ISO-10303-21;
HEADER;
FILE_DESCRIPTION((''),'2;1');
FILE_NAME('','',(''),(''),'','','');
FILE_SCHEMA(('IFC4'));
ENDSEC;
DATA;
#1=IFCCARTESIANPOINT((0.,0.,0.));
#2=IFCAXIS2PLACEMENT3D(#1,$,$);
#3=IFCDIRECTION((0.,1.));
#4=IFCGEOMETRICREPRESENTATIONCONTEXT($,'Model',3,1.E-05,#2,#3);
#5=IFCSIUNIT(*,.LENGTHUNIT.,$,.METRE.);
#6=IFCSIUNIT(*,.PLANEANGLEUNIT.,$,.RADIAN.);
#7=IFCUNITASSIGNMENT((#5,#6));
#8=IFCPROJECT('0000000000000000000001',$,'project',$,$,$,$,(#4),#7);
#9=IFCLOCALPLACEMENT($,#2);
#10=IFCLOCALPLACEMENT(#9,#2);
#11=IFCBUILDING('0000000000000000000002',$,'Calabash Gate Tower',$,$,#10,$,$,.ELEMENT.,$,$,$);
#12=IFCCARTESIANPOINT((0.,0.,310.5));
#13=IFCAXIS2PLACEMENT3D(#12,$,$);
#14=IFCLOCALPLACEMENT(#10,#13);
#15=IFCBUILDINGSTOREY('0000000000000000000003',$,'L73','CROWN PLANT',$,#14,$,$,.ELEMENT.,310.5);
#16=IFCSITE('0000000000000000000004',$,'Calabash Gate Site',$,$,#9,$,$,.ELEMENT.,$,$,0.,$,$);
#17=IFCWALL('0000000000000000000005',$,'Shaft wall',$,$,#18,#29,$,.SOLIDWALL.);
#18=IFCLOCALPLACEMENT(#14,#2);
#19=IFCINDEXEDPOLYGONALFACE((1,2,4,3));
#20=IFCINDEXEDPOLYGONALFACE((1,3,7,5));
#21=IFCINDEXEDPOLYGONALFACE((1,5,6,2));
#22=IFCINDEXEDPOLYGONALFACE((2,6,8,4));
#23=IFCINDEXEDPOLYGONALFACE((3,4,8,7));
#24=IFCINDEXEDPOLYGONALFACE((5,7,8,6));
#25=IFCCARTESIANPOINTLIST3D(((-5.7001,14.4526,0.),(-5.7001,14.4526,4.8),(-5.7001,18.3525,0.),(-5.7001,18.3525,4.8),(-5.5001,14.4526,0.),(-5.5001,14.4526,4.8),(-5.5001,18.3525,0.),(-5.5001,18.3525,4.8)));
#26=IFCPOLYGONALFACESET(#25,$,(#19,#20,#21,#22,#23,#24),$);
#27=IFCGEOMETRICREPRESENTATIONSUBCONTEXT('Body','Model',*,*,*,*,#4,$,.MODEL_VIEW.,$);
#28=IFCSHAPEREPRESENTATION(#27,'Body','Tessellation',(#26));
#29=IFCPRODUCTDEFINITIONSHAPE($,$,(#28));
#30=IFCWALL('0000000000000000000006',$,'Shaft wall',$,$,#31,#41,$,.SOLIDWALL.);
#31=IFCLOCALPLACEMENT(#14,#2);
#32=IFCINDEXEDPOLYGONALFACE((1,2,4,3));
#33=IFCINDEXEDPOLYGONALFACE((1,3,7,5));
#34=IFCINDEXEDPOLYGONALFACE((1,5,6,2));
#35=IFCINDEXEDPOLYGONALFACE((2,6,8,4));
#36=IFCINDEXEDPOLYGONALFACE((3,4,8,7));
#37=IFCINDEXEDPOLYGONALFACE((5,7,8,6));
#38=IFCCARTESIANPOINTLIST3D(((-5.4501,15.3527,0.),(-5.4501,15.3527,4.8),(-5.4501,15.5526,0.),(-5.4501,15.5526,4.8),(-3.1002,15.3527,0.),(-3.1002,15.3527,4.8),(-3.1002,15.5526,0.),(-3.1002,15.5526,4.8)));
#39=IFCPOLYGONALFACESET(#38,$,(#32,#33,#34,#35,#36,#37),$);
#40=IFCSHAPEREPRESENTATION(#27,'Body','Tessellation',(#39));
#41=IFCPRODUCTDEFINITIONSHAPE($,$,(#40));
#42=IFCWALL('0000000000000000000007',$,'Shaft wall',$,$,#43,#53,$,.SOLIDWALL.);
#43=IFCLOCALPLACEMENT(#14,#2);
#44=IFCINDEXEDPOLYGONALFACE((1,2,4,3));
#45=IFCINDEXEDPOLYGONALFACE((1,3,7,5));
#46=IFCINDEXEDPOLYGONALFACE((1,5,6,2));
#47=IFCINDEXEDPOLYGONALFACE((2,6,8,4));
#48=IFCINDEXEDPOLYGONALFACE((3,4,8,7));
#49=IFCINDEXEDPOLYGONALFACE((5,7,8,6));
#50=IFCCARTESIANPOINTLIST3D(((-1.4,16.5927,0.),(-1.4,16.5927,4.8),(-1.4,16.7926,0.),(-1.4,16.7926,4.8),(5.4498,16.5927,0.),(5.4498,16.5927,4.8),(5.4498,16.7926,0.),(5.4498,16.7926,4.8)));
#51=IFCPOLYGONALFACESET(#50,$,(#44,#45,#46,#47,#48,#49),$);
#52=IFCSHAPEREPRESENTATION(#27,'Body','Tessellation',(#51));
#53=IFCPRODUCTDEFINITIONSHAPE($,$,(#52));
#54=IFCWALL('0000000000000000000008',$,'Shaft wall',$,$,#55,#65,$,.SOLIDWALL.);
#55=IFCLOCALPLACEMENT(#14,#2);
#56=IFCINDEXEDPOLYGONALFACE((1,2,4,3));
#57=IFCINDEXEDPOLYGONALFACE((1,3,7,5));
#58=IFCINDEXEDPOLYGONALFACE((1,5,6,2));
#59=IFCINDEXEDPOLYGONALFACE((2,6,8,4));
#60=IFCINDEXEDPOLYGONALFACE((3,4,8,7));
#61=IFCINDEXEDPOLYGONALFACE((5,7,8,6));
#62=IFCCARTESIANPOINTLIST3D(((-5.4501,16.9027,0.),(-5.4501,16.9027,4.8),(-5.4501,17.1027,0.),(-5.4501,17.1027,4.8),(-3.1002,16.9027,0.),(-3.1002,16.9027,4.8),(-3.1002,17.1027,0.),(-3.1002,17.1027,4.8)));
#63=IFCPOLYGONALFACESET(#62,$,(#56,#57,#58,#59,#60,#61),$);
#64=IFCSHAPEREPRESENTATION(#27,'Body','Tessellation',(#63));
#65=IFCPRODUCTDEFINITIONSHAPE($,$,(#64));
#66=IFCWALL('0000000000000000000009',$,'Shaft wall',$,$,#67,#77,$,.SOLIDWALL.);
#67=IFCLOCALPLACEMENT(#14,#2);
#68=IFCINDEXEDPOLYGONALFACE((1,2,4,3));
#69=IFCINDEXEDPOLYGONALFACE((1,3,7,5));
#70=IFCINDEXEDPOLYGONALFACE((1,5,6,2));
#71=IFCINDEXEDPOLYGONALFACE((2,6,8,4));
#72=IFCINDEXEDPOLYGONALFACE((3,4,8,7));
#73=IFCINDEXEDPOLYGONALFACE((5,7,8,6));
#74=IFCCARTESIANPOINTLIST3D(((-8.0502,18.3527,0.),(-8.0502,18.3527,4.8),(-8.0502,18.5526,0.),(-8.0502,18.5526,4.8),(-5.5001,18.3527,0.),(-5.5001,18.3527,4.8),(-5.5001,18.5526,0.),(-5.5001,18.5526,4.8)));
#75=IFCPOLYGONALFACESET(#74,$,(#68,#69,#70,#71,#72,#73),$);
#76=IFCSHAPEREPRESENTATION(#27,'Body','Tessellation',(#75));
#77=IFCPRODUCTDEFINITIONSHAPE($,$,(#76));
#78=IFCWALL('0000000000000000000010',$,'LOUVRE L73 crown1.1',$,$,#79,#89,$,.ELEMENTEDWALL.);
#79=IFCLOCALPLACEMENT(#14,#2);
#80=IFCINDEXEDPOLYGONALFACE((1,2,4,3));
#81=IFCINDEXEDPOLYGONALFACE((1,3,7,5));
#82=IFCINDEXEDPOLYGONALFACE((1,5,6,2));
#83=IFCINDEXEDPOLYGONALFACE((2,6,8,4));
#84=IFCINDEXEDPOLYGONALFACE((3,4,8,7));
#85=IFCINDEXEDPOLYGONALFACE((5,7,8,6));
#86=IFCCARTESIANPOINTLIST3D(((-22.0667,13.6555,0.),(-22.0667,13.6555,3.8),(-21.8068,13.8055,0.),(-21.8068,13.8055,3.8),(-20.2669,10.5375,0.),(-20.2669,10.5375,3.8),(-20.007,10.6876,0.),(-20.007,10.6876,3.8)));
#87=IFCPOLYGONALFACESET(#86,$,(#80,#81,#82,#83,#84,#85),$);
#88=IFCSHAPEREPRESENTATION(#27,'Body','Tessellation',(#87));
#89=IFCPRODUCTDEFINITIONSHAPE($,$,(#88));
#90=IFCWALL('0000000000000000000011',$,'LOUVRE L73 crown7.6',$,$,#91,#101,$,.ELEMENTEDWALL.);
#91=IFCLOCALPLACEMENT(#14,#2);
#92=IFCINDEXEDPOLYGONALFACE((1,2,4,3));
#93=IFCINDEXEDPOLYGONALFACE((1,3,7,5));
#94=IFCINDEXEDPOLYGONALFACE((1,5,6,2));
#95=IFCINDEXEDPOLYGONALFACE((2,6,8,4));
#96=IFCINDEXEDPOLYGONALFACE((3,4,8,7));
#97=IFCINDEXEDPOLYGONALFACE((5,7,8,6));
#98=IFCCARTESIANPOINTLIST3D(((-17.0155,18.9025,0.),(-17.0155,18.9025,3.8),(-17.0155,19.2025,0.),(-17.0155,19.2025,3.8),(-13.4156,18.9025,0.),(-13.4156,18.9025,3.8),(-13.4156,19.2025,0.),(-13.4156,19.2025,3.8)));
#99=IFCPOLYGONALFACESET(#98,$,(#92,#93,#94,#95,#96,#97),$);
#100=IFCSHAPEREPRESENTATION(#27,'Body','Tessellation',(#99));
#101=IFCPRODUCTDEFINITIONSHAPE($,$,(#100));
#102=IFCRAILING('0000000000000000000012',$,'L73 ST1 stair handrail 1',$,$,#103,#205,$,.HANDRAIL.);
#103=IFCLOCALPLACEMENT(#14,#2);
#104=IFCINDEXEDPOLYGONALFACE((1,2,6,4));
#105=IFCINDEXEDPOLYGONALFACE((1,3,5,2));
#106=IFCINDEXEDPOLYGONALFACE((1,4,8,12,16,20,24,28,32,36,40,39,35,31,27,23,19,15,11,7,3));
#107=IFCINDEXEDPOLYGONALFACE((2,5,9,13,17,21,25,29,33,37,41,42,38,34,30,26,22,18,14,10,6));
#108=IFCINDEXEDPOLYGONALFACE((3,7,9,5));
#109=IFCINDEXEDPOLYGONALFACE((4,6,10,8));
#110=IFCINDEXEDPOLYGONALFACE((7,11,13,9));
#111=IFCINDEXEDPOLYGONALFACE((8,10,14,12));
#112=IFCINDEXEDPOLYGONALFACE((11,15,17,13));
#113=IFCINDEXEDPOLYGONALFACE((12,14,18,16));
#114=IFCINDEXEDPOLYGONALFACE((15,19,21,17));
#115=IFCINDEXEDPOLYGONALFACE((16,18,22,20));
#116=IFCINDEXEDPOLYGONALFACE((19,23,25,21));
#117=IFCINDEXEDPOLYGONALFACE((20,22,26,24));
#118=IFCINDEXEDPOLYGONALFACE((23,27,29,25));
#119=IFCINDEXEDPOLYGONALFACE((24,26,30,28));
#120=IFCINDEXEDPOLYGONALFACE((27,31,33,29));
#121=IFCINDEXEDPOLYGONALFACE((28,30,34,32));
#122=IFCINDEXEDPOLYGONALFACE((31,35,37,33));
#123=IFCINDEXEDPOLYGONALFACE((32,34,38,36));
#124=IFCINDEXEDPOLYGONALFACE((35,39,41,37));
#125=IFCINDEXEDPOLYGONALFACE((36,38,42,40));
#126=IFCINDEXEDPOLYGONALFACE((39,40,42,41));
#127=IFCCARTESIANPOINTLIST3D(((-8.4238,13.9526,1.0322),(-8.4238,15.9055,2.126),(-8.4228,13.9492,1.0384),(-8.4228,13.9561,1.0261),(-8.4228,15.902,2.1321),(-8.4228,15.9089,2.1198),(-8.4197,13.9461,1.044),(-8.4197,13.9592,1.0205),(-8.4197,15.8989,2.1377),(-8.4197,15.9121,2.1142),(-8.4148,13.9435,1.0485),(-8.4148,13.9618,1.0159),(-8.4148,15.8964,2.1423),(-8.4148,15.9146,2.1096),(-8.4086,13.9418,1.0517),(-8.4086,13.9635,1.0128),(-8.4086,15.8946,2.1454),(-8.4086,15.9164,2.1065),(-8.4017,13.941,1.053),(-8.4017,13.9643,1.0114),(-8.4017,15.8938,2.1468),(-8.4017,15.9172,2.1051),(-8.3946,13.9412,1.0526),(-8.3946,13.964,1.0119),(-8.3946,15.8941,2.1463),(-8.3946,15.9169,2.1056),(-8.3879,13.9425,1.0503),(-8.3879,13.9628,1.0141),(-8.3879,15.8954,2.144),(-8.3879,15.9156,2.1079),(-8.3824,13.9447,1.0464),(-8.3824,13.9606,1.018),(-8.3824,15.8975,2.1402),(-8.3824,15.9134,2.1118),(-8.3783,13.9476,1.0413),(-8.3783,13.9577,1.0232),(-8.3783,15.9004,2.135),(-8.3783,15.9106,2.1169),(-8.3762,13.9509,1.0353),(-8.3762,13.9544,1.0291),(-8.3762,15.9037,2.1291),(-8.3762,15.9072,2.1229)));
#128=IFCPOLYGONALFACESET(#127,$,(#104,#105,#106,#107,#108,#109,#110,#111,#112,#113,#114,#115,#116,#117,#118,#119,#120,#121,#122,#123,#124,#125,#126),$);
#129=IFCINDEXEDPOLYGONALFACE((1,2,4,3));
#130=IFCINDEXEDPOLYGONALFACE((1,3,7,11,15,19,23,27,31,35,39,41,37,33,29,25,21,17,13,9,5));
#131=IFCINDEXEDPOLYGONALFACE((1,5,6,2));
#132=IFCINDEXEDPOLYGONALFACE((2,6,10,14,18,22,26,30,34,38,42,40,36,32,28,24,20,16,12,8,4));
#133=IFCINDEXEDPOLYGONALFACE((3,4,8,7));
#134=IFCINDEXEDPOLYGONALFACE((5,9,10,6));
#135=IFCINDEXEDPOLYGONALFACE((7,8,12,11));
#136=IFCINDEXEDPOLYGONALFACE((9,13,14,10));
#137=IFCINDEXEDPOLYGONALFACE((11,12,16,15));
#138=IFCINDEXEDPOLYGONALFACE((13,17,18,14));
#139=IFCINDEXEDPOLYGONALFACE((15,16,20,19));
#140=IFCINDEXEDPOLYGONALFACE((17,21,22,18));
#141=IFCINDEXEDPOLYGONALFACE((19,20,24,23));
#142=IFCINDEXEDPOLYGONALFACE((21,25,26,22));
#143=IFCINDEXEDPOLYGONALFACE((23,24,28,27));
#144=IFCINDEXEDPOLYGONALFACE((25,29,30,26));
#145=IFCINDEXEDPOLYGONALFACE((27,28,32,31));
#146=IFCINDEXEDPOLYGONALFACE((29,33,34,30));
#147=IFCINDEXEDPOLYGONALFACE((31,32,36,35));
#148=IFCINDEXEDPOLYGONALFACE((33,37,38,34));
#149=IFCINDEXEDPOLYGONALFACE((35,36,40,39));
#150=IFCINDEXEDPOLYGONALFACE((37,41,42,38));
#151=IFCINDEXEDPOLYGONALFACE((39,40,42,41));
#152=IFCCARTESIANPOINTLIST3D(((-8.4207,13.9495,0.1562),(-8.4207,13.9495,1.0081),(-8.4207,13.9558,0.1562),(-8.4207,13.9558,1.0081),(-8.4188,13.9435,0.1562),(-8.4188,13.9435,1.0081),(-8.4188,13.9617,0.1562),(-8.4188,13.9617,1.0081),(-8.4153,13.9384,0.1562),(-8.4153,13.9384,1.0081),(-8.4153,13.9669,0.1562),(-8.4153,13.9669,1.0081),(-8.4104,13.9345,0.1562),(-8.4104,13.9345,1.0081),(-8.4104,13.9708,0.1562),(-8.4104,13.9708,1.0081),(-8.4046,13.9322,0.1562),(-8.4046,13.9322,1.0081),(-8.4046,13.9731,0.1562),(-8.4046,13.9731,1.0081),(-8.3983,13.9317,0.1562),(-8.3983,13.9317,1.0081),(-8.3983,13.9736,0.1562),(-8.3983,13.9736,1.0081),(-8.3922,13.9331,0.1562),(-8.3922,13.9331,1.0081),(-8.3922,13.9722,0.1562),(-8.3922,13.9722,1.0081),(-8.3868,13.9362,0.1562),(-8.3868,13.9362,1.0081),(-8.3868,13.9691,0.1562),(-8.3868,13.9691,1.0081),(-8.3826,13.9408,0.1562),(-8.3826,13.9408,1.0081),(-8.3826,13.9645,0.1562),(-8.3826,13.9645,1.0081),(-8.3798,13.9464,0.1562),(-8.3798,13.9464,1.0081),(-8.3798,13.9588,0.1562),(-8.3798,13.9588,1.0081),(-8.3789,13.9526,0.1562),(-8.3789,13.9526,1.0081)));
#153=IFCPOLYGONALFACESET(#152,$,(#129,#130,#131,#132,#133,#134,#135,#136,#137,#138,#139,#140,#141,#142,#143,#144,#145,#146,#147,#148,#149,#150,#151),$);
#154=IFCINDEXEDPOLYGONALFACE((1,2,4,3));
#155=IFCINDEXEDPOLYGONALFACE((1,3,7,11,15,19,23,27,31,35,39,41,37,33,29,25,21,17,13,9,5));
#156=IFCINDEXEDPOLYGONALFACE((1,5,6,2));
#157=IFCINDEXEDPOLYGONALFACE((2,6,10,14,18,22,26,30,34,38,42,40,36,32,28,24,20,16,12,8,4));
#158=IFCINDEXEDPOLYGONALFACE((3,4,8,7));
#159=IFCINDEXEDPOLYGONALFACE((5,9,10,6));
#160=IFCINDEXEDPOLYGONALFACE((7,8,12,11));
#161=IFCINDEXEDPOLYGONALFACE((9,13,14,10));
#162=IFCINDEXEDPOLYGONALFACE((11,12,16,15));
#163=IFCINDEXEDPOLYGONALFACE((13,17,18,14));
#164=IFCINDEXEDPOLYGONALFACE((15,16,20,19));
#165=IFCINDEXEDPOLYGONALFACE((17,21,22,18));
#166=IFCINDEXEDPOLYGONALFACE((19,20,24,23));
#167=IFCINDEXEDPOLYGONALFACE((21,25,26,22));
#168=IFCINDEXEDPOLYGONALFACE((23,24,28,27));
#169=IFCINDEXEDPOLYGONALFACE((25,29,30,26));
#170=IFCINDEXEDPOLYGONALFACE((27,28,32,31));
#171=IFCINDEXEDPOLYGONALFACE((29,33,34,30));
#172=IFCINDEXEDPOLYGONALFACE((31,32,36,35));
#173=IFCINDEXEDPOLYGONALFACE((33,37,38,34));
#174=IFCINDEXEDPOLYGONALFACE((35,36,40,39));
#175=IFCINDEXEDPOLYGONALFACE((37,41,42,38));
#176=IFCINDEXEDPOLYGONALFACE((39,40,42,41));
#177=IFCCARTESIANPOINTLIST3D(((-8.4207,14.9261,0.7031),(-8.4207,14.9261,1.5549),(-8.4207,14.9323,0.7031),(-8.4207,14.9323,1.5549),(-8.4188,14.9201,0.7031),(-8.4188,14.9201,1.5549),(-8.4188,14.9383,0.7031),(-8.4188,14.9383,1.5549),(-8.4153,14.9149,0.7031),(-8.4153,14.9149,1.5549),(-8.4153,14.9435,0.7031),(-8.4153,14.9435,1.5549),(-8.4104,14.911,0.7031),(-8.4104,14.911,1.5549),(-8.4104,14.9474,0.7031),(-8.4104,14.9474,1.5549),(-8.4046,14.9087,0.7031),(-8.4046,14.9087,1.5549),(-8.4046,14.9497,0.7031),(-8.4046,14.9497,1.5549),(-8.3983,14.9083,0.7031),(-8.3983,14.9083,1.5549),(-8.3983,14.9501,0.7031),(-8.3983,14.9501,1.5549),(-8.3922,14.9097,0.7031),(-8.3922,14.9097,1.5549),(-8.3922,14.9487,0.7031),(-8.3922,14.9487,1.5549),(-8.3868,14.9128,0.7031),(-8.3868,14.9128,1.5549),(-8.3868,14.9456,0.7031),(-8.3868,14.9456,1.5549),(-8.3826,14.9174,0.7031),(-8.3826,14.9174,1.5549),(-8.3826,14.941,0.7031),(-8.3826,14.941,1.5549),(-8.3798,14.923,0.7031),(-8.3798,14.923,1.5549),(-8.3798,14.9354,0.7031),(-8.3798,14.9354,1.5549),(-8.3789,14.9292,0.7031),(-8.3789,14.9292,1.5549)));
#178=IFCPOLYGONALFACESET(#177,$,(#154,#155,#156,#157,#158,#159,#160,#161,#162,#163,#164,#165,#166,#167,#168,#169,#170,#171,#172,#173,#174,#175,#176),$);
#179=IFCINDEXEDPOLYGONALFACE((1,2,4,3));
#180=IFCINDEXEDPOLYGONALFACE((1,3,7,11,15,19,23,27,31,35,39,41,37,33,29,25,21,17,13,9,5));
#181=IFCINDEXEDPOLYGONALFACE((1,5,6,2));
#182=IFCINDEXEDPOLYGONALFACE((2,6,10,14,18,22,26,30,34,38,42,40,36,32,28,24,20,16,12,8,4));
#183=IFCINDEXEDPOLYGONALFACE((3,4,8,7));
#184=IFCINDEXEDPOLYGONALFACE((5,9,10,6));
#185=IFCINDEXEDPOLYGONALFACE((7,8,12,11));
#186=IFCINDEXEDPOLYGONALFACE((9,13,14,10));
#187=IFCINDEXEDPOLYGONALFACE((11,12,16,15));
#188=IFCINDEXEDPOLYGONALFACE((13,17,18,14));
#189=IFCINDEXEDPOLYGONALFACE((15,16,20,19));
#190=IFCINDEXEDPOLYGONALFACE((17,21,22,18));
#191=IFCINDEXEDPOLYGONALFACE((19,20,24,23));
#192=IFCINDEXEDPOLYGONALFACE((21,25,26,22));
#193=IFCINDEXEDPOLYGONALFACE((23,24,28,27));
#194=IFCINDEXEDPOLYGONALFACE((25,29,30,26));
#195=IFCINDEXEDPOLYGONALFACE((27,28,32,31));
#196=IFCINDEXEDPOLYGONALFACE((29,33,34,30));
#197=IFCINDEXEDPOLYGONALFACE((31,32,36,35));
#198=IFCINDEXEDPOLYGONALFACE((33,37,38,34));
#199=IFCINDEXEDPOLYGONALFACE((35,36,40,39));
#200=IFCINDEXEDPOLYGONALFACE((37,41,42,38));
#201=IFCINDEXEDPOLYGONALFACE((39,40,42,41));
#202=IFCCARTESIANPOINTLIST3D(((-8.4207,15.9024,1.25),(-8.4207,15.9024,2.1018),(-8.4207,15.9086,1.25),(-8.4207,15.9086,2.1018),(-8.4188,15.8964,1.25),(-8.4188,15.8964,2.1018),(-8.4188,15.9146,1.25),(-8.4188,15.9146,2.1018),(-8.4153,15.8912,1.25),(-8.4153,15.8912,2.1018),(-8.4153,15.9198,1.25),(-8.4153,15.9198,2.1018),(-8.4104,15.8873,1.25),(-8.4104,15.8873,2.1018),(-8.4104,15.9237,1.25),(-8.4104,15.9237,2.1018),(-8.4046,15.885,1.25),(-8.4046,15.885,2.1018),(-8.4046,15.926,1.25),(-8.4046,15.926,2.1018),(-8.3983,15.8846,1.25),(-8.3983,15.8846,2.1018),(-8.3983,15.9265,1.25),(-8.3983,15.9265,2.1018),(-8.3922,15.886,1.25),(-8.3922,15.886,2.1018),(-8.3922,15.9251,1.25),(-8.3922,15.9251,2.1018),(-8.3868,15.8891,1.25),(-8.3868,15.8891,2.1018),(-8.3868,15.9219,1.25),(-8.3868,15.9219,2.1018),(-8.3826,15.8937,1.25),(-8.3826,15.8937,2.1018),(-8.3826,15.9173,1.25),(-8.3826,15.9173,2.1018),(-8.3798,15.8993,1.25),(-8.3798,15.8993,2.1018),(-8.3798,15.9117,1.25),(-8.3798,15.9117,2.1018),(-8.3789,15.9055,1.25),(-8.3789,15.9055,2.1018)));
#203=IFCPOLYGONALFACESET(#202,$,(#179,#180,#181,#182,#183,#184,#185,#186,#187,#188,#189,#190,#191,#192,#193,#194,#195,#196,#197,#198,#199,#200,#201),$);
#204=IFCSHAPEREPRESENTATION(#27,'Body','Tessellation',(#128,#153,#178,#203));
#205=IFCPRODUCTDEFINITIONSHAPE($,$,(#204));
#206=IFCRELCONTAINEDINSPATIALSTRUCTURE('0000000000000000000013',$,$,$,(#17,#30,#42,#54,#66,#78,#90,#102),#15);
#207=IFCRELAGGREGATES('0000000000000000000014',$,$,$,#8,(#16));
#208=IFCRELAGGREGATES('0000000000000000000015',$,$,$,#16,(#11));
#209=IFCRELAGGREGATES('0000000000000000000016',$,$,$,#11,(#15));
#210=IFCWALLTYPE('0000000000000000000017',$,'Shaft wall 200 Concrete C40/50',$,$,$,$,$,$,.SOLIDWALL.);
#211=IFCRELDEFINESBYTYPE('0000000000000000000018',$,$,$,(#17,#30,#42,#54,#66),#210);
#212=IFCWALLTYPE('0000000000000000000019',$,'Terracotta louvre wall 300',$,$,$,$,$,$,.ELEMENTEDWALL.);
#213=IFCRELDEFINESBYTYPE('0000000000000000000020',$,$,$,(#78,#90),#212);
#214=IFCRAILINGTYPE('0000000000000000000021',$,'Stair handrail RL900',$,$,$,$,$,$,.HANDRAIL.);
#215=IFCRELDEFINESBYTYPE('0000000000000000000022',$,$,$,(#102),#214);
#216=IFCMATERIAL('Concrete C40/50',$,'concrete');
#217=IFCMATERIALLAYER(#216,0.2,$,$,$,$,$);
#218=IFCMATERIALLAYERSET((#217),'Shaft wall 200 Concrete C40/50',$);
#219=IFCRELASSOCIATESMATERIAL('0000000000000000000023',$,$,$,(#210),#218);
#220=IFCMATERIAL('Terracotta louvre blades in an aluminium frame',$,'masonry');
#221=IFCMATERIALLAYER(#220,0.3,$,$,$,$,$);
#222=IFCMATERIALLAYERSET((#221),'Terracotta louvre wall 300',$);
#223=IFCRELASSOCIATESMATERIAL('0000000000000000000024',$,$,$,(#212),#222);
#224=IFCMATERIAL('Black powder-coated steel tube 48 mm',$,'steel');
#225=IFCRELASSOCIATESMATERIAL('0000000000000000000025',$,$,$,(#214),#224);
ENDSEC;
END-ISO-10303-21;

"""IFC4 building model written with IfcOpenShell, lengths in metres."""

from ifc_helpers import new_model, si_unit, direction, frame, frame_2d, origin, origin_2d, place, context, subcontext, project, spatial, rectangle, circle, extrude, material, layer, layer_set, type_object, element, save


model = new_model("IFC4")

# Units and contexts
model_context = context("Model", 3, precision=1e-05, world=origin(), true_north=direction((0.0, 1.0)))
body_context = subcontext(model_context, "Body", "Model", "MODEL_VIEW")
ifc_project = project(units=[si_unit("LENGTHUNIT", "METRE"), si_unit("PLANEANGLEUNIT", "RADIAN")], contexts=[model_context])

# Site, building, storey
site_placement = place(None, origin())
site = spatial("IfcSite", under=ifc_project, at=site_placement, Name="Calabash Gate Site", CompositionType="ELEMENT", RefElevation=0.0)
building_placement = place(site_placement, origin())
building = spatial("IfcBuilding", under=site, at=building_placement, Name="Calabash Gate Tower", CompositionType="ELEMENT")
storey_placement = place(building_placement, frame((0.0, 0.0, 310.5)))
storey = spatial("IfcBuildingStorey", under=building, at=storey_placement, Name="L73", Description="CROWN PLANT", CompositionType="ELEMENT", Elevation=310.5)

# Shared definitions
ifc_material_1 = material(Name="Concrete C40/50", Category="concrete")
ifc_layer_1 = layer(ifc_material_1, 0.2)
ifc_layer_set_1 = layer_set([ifc_layer_1], Name="Shaft wall 200 Concrete C40/50")
wall_type_1 = type_object("IfcWallType", Name="Shaft wall 200 Concrete C40/50", PredefinedType="SOLIDWALL", material=ifc_layer_set_1)

# Walls
wall_1_placement = place(storey_placement, frame((-5.6001, 14.4526, 0.0), z_axis=(0.0, 0.0, 1.0), x_axis=(0.0, 1.0, 0.0)))
element("IfcWall", 1, at=wall_1_placement, inside=storey, type_object=wall_type_1, Name="Shaft wall", PredefinedType="SOLIDWALL", context=body_context, shape_type="SweptSolid", body=[
    extrude(rectangle(XDim=3.8999, YDim=0.2, at=frame_2d((1.95, 0.0))), origin(), (0.0, 0.0, 1.0), 4.8),
])
wall_2_placement = place(storey_placement, frame((-5.45, 15.4526, 0.0), z_axis=(0.0, 0.0, 1.0), x_axis=(1.0, 0.0, 0.0)))
element("IfcWall", 2, at=wall_2_placement, inside=storey, type_object=wall_type_1, Name="Shaft wall", PredefinedType="SOLIDWALL", context=body_context, shape_type="SweptSolid", body=[
    extrude(rectangle(XDim=2.3499, YDim=0.2, at=frame_2d((1.1748, 0.0))), origin(), (0.0, 0.0, 1.0), 4.8),
])
wall_3_placement = place(storey_placement, frame((-1.3999, 16.6926, 0.0), z_axis=(0.0, 0.0, 1.0), x_axis=(1.0, 0.0, 0.0)))
element("IfcWall", 3, at=wall_3_placement, inside=storey, type_object=wall_type_1, Name="Shaft wall", PredefinedType="SOLIDWALL", context=body_context, shape_type="SweptSolid", body=[
    extrude(rectangle(XDim=6.8499, YDim=0.2, at=frame_2d((3.4248, 0.0))), origin(), (0.0, 0.0, 1.0), 4.8),
])
wall_4_placement = place(storey_placement, frame((-5.45, 17.0027, 0.0), z_axis=(0.0, 0.0, 1.0), x_axis=(1.0, 0.0, 0.0)))
element("IfcWall", 4, at=wall_4_placement, inside=storey, type_object=wall_type_1, Name="Shaft wall", PredefinedType="SOLIDWALL", context=body_context, shape_type="SweptSolid", body=[
    extrude(rectangle(XDim=2.3499, YDim=0.2, at=frame_2d((1.1748, 0.0))), origin(), (0.0, 0.0, 1.0), 4.8),
])
wall_5_placement = place(storey_placement, frame((-8.05, 18.4526, 0.0), z_axis=(0.0, 0.0, 1.0), x_axis=(1.0, 0.0, 0.0)))
element("IfcWall", 5, at=wall_5_placement, inside=storey, type_object=wall_type_1, Name="Shaft wall", PredefinedType="SOLIDWALL", context=body_context, shape_type="SweptSolid", body=[
    extrude(rectangle(XDim=2.55, YDim=0.2, at=frame_2d((1.2749, 0.0))), origin(), (0.0, 0.0, 1.0), 4.8),
])
ifc_material_2 = material(Name="Terracotta louvre blades in an aluminium frame", Category="masonry")
ifc_layer_2 = layer(ifc_material_2, 0.3)
ifc_layer_set_2 = layer_set([ifc_layer_2], Name="Terracotta louvre wall 300")
wall_type_2 = type_object("IfcWallType", Name="Terracotta louvre wall 300", PredefinedType="ELEMENTEDWALL", material=ifc_layer_set_2)
wall_6_placement = place(storey_placement, frame((-21.9368, 13.7305, 0.0), z_axis=(0.0, 0.0, 1.0), x_axis=(0.499932, -0.866065, 0.0)))
element("IfcWall", 6, at=wall_6_placement, inside=storey, type_object=wall_type_2, Name="LOUVRE L73 crown1.1", PredefinedType="ELEMENTEDWALL", context=body_context, shape_type="SweptSolid", body=[
    extrude(rectangle(XDim=3.6001, YDim=0.3, at=frame_2d((1.8, 0.0))), origin(), (0.0, 0.0, 1.0), 3.8),
])
wall_7_placement = place(storey_placement, frame((-13.4158, 19.0525, 0.0), z_axis=(0.0, 0.0, 1.0), x_axis=(-1.0, 0.0, 0.0)))
element("IfcWall", 7, at=wall_7_placement, inside=storey, type_object=wall_type_2, Name="LOUVRE L73 crown7.6", PredefinedType="ELEMENTEDWALL", context=body_context, shape_type="SweptSolid", body=[
    extrude(rectangle(XDim=3.5999, YDim=0.3, at=frame_2d((1.7998, 0.0))), origin(), (0.0, 0.0, 1.0), 3.8),
])

# Railing
ifc_material_3 = material(Name="Black powder-coated steel tube 48 mm", Category="steel")
railing_type_1 = type_object("IfcRailingType", Name="Stair handrail RL900", PredefinedType="HANDRAIL", material=ifc_material_3)
railing_1_placement = place(storey_placement, frame((-8.3999, 13.9526, 0.1562)))
element("IfcRailing", 8, at=railing_1_placement, inside=storey, type_object=railing_type_1, Name="L73 ST1 stair handrail 1", PredefinedType="HANDRAIL", context=body_context, shape_type="SweptSolid", body=[
    extrude(circle(Radius=0.0239, at=origin_2d()), frame((0.0, 0.0, 0.876), z_axis=(0.0, 0.87248, 0.48865), x_axis=(-1.0, 0.0, 0.0)), (0.0, 0.0, 1.0), 2.2383),
    extrude(circle(Radius=0.021, at=origin_2d()), origin(), (0.0, 0.0, 1.0), 0.8518),
    extrude(circle(Radius=0.021, at=origin_2d()), frame((0.0, 0.9766, 0.5469)), (0.0, 0.0, 1.0), 0.8518),
    extrude(circle(Radius=0.021, at=origin_2d()), frame((0.0, 1.9529, 1.0938)), (0.0, 0.0, 1.0), 0.8518),
])

save(model, "model.ifc")
